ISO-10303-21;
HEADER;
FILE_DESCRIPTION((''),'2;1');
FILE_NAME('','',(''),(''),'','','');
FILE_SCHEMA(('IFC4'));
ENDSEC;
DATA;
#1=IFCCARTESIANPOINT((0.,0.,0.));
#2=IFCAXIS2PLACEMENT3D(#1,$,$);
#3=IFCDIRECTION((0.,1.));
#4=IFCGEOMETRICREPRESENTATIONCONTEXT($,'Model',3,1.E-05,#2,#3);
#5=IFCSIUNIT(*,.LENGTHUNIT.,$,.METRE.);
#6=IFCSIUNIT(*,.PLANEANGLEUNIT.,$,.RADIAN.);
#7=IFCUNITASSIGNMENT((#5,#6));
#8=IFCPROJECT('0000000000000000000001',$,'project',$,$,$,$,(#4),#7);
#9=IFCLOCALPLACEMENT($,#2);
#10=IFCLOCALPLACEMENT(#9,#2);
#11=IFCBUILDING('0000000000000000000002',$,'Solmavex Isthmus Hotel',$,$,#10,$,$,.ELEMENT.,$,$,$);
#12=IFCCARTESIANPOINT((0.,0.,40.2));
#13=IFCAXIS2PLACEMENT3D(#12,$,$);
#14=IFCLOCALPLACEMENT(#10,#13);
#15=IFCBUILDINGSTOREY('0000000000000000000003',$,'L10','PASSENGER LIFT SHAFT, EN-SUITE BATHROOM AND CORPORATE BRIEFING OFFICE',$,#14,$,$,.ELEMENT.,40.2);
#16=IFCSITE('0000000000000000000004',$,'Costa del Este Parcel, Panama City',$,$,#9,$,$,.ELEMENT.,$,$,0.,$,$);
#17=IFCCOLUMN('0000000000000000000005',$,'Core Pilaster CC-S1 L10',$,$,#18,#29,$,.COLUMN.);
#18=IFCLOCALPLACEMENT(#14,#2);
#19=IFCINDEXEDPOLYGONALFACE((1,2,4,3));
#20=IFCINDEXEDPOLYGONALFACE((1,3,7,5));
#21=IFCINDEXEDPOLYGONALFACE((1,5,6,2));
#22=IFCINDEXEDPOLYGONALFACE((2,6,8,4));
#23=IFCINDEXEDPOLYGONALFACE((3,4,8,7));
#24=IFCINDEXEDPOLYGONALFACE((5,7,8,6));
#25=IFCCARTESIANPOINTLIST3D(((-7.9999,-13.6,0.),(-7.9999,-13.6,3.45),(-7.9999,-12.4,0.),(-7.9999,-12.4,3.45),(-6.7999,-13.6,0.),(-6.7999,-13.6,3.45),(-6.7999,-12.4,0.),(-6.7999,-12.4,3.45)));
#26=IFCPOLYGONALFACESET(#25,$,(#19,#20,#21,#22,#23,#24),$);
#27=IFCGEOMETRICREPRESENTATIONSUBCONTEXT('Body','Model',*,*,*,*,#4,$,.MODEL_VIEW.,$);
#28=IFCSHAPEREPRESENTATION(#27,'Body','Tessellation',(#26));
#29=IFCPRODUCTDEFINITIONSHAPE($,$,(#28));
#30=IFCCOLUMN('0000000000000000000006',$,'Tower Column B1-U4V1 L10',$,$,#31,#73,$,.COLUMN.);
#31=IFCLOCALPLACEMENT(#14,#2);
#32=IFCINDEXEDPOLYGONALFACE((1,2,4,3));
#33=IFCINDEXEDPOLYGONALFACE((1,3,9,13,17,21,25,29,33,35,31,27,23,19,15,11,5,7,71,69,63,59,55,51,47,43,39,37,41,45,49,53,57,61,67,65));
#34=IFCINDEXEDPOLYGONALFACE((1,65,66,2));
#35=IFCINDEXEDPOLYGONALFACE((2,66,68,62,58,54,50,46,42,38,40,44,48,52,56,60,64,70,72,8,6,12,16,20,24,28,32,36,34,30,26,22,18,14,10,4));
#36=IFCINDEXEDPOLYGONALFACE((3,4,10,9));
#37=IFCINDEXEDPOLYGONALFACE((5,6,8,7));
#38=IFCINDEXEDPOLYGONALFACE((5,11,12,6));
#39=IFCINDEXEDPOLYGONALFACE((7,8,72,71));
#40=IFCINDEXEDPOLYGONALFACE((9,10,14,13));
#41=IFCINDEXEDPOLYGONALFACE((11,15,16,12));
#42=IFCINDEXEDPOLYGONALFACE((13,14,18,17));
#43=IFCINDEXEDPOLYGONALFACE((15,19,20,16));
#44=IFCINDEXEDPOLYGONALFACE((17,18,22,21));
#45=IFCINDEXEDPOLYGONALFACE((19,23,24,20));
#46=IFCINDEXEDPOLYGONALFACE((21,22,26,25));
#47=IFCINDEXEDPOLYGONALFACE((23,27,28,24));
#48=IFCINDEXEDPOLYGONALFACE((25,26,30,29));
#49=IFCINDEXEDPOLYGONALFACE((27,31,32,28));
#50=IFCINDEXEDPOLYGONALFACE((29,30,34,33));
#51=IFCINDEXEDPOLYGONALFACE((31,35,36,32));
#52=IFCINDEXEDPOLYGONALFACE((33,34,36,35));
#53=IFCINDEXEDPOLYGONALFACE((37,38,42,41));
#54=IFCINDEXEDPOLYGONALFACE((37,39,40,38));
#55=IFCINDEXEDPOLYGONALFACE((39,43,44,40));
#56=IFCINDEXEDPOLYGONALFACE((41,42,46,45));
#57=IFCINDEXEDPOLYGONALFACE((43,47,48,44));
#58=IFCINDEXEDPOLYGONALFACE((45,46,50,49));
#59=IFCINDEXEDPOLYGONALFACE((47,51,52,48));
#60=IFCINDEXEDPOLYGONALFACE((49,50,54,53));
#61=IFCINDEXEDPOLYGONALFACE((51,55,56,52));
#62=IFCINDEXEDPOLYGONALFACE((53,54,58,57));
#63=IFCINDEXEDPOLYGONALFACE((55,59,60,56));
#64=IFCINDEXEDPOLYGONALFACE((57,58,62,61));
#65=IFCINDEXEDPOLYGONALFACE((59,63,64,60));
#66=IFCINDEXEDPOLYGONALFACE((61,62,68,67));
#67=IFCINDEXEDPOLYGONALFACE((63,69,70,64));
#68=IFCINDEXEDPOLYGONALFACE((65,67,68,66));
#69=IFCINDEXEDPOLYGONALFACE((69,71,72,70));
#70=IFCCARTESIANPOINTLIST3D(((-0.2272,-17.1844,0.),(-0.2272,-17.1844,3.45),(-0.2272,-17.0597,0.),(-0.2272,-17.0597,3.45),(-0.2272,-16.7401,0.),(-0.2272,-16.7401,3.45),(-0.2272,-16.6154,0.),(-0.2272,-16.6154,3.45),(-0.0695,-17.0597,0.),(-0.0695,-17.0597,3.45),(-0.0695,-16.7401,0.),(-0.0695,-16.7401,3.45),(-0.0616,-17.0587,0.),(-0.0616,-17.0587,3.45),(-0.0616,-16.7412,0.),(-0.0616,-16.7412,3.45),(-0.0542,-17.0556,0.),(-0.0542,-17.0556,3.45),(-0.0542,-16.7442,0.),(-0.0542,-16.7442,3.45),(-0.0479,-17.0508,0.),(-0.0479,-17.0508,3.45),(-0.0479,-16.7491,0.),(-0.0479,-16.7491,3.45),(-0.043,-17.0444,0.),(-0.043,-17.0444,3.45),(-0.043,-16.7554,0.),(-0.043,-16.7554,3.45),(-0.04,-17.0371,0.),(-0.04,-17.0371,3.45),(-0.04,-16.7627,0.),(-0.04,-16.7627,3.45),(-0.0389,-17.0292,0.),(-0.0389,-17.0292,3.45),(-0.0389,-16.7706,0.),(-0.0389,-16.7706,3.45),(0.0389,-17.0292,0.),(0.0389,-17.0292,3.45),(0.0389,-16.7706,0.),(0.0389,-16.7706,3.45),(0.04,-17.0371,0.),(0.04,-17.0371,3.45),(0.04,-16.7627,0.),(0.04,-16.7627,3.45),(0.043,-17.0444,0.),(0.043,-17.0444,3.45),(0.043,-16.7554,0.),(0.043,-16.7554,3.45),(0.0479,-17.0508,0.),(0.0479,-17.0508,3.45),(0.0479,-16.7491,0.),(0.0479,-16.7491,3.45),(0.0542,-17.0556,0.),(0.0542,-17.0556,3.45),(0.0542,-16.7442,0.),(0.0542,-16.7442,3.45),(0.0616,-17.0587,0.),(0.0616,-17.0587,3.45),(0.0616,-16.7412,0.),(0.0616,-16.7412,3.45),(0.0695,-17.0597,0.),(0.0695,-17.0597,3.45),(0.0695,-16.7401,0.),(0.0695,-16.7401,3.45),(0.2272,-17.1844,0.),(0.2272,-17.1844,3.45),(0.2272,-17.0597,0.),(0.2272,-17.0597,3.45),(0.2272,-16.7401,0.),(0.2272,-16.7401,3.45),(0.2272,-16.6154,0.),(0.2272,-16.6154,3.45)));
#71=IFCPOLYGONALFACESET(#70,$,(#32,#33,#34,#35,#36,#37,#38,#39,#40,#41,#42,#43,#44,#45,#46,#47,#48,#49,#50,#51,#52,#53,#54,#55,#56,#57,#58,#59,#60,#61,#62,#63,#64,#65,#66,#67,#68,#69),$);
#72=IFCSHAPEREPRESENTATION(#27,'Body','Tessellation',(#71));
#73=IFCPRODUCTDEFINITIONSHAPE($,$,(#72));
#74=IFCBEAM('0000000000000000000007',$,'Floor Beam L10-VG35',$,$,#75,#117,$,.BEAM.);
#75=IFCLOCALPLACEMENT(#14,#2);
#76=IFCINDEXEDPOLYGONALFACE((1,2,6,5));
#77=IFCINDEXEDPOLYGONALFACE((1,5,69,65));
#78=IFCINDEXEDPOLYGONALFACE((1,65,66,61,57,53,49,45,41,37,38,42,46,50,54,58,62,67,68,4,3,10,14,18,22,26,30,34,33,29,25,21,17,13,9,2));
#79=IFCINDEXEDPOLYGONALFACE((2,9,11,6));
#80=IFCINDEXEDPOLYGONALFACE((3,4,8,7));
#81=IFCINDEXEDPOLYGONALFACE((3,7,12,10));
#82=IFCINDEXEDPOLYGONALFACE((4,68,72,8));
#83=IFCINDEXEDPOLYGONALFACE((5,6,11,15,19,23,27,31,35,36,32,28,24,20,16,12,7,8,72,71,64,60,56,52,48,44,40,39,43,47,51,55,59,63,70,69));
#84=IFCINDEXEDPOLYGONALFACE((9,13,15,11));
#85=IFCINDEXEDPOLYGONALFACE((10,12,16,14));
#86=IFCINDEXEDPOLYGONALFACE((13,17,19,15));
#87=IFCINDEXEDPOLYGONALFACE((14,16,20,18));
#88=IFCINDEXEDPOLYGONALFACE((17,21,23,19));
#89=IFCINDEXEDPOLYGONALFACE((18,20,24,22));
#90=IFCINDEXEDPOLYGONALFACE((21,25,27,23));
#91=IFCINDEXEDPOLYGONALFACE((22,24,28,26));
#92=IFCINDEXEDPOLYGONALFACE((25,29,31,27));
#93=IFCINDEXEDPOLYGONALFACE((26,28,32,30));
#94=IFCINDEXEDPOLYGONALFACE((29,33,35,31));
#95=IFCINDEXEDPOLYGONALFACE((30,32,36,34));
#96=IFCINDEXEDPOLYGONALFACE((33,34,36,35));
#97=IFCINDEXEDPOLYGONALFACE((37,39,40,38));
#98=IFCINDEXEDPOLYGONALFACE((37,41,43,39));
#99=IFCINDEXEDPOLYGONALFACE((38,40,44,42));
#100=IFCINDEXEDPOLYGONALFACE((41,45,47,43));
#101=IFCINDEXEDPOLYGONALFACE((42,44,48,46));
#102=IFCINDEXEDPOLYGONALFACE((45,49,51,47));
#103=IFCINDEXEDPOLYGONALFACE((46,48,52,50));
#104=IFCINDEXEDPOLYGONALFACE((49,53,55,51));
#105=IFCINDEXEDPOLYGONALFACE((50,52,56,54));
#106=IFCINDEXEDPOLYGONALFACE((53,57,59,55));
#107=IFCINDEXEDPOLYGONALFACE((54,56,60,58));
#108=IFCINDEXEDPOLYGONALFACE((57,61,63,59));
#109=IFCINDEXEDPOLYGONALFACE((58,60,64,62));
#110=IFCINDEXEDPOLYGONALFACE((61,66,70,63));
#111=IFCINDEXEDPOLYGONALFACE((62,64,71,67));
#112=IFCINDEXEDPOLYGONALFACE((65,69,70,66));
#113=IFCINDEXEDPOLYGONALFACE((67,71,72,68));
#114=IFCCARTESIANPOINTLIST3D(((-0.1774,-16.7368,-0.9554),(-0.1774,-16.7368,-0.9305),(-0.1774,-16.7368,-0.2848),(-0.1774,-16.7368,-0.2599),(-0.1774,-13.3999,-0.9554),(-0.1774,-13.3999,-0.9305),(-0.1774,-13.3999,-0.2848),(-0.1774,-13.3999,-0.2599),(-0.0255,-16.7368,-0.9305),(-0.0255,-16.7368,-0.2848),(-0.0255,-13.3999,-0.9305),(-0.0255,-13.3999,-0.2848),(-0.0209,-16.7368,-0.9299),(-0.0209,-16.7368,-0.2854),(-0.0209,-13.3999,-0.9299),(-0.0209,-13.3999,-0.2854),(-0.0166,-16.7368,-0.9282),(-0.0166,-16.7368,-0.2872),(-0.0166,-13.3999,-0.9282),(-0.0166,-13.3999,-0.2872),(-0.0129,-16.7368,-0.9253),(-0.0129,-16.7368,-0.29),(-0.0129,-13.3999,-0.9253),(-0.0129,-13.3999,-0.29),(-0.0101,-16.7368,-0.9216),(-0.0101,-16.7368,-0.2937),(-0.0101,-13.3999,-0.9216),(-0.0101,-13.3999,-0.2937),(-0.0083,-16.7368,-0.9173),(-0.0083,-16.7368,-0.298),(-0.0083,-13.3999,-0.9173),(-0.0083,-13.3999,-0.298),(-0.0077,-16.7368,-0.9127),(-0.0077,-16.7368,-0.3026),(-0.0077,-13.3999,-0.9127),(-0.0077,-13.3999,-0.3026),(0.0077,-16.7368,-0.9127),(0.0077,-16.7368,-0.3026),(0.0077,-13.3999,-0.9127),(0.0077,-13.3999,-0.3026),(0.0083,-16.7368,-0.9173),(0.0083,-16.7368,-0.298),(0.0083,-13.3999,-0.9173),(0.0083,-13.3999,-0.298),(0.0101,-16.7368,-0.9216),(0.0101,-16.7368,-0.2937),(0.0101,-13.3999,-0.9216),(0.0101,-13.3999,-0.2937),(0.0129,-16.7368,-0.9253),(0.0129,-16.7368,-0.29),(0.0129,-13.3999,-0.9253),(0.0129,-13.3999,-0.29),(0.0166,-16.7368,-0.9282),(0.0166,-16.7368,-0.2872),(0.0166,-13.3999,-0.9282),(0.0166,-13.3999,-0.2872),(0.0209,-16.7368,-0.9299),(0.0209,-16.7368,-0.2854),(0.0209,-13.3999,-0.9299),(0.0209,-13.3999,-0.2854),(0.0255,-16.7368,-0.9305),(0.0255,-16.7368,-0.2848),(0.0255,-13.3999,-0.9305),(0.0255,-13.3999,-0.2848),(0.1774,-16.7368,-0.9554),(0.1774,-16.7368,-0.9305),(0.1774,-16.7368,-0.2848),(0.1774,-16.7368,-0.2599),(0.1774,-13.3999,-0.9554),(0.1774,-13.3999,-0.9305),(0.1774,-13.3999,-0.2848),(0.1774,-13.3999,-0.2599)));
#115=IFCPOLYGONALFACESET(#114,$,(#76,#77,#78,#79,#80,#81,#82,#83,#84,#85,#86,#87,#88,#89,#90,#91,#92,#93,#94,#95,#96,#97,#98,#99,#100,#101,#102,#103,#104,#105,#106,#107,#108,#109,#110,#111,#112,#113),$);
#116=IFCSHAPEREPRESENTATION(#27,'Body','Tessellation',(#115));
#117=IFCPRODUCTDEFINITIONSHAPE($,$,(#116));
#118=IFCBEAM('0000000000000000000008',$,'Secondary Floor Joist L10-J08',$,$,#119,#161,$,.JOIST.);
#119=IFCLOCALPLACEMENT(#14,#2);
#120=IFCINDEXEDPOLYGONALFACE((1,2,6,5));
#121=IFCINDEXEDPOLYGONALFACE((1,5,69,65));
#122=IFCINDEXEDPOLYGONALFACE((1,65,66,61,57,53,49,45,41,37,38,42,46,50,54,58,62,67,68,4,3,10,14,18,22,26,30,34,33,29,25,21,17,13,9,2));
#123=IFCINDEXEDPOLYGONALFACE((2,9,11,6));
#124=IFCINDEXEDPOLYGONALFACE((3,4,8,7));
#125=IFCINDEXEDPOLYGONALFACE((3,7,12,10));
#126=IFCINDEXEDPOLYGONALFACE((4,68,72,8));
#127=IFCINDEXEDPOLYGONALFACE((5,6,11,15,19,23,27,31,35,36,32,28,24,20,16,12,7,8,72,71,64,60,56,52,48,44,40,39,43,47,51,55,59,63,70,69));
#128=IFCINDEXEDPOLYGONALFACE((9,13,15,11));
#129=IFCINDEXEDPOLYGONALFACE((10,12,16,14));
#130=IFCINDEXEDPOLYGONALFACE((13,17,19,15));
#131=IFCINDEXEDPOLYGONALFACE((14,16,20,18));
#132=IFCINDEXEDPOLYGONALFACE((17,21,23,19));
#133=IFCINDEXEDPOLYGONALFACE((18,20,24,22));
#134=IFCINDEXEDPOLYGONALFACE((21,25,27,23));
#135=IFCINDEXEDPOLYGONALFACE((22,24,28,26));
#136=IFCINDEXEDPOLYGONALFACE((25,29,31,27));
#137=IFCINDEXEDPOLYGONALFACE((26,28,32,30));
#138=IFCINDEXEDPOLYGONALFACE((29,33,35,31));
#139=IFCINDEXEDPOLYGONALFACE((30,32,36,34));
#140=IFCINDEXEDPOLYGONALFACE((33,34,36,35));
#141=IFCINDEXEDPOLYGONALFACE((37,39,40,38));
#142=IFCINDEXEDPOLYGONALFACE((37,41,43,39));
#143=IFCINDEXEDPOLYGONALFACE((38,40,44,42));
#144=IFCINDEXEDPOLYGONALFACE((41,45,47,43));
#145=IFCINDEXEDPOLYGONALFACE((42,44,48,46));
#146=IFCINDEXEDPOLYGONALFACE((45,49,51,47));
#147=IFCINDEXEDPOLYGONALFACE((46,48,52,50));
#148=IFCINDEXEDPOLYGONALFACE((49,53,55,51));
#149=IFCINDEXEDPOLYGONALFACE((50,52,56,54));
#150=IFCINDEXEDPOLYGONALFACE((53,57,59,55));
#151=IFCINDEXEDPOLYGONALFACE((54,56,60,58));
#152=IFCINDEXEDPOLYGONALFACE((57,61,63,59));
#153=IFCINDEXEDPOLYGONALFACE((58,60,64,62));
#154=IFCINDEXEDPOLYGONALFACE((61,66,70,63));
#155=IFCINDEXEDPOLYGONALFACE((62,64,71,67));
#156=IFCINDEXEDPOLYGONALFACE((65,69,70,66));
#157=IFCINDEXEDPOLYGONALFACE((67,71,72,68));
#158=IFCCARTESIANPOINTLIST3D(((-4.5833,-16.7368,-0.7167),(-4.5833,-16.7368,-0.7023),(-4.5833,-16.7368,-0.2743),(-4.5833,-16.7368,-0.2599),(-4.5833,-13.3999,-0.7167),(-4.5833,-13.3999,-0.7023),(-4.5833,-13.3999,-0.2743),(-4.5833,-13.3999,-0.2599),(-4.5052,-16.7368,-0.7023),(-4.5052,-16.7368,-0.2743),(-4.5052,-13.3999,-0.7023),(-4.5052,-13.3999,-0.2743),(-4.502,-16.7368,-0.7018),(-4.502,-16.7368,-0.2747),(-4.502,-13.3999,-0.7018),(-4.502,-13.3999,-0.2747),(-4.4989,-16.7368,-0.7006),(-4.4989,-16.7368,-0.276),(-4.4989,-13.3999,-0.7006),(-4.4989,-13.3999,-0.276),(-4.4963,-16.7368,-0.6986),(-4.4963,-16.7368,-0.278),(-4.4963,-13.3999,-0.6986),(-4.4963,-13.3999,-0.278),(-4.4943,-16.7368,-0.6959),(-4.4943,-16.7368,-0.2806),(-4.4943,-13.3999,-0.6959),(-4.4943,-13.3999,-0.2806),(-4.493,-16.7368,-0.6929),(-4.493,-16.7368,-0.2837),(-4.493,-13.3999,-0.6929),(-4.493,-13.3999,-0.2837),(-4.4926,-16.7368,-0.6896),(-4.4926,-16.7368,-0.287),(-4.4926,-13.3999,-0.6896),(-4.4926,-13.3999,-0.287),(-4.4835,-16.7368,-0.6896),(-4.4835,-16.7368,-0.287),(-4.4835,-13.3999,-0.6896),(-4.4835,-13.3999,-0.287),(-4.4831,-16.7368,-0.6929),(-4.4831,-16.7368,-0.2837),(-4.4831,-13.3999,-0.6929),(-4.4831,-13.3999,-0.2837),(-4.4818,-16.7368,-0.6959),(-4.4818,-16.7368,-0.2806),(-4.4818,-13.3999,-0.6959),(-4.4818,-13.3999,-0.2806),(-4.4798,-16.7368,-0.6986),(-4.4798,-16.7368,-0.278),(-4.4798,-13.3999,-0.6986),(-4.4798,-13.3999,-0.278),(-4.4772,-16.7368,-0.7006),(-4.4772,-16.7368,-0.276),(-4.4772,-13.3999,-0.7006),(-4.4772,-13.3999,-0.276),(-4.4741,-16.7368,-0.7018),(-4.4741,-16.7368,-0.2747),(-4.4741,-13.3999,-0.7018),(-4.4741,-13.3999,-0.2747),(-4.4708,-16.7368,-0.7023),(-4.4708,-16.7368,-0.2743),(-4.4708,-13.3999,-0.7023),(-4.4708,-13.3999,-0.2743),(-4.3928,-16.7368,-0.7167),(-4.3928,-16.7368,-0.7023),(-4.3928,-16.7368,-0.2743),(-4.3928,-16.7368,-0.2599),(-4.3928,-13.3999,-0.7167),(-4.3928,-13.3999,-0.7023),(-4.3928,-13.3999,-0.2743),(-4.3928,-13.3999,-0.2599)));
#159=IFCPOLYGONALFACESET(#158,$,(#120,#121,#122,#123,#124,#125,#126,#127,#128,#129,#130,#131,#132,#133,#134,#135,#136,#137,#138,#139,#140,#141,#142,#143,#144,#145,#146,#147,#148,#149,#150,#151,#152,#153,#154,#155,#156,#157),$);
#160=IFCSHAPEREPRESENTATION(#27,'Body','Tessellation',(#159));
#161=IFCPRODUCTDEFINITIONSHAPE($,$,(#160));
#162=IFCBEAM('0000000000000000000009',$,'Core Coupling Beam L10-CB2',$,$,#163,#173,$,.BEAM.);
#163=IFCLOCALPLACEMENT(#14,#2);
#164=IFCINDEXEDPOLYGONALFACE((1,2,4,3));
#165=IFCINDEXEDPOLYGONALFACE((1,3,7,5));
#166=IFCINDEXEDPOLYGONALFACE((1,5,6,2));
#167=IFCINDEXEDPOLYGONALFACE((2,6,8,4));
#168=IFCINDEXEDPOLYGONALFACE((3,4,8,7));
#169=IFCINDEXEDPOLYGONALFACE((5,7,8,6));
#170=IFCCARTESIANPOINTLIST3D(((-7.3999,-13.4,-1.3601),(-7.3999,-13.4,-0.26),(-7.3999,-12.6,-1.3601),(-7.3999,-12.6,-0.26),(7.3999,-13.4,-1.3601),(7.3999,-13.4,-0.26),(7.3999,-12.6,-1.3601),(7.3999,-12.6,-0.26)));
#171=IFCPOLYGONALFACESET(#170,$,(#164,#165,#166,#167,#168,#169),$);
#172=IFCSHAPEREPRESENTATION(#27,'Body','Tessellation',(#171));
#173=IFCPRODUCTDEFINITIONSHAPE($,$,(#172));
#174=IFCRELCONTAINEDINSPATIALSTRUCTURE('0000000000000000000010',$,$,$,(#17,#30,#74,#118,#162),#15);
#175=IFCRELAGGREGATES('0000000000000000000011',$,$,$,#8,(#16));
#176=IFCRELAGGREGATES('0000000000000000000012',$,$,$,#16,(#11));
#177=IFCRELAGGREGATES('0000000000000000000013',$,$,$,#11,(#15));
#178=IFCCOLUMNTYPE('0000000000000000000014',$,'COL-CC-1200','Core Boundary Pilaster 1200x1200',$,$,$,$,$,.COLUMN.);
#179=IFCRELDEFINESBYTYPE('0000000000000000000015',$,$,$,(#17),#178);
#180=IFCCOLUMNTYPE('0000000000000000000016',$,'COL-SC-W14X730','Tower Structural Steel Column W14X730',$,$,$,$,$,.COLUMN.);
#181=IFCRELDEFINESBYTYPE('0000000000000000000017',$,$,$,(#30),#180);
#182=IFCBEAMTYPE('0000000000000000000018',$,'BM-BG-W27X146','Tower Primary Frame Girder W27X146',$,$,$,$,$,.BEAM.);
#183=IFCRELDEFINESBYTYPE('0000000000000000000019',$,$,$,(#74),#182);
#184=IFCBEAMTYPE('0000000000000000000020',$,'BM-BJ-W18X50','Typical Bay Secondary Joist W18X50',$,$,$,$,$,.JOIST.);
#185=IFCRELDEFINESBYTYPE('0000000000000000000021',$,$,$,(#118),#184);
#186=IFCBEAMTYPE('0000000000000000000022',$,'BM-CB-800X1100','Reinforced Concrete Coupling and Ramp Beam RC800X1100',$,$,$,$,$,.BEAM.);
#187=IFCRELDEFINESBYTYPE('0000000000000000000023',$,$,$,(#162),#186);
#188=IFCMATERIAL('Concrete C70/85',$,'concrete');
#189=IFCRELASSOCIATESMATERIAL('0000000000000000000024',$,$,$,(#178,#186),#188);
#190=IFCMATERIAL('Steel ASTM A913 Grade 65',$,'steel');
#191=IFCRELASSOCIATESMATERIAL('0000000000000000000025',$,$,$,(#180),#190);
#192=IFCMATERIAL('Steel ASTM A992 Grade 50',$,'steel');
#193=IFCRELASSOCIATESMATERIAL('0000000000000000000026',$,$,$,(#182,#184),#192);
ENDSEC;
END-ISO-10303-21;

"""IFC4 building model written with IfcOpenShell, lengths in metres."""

from ifc_helpers import new_model, si_unit, direction, frame, origin, origin_2d, place, context, subcontext, project, spatial, rectangle, i_section, extrude, material, material_profile, profile_set, type_object, element, save


model = new_model("IFC4")

# Units and contexts
model_context = context("Model", 3, precision=1e-05, world=origin(), true_north=direction((0.0, 1.0)))
body_context = subcontext(model_context, "Body", "Model", "MODEL_VIEW")
ifc_project = project(units=[si_unit("LENGTHUNIT", "METRE"), si_unit("PLANEANGLEUNIT", "RADIAN")], contexts=[model_context])

# Site, building, storey
site_placement = place(None, origin())
site = spatial("IfcSite", under=ifc_project, at=site_placement, Name="Costa del Este Parcel, Panama City", CompositionType="ELEMENT", RefElevation=0.0)
building_placement = place(site_placement, origin())
building = spatial("IfcBuilding", under=site, at=building_placement, Name="Solmavex Isthmus Hotel", CompositionType="ELEMENT")
storey_placement = place(building_placement, frame((0.0, 0.0, 40.2)))
storey = spatial("IfcBuildingStorey", under=building, at=storey_placement, Name="L10", Description="PASSENGER LIFT SHAFT, EN-SUITE BATHROOM AND CORPORATE BRIEFING OFFICE", CompositionType="ELEMENT", Elevation=40.2)

# Columns
ifc_material_1 = material(Name="Concrete C70/85", Category="concrete")
ifc_material_profile_1 = material_profile(ifc_material_1, rectangle(XDim=1.2, YDim=1.2, at=origin_2d()), Name="RC1200X1200")
ifc_profile_set_1 = profile_set([ifc_material_profile_1], Name="Concrete C70/85")
column_type_1 = type_object("IfcColumnType", Name="COL-CC-1200", Description="Core Boundary Pilaster 1200x1200", PredefinedType="COLUMN", material=ifc_profile_set_1)
column_1_placement = place(storey_placement, frame((-7.3999, -13.0, 0.0), z_axis=(0.0, 0.0, 1.0), x_axis=(1.0, 0.0, 0.0)))
element("IfcColumn", 1, at=column_1_placement, inside=storey, type_object=column_type_1, Name="Core Pilaster CC-S1 L10", PredefinedType="COLUMN", context=body_context, shape_type="SweptSolid", body=[
    extrude(rectangle(XDim=1.2, YDim=1.2, at=origin_2d()), origin(), (0.0, 0.0, 1.0), 3.45),
])
ifc_material_2 = material(Name="Steel ASTM A913 Grade 65", Category="steel")
ifc_material_profile_2 = material_profile(ifc_material_2, i_section(OverallWidth=0.4543, OverallDepth=0.5691, WebThickness=0.0779, FlangeThickness=0.1248, FilletRadius=0.0305, at=origin_2d()), Name="W14X730")
ifc_profile_set_2 = profile_set([ifc_material_profile_2], Name="Steel ASTM A913 Grade 65")
column_type_2 = type_object("IfcColumnType", Name="COL-SC-W14X730", Description="Tower Structural Steel Column W14X730", PredefinedType="COLUMN", material=ifc_profile_set_2)
column_2_placement = place(storey_placement, frame((0.0, -16.8999, 0.0), z_axis=(0.0, 0.0, 1.0), x_axis=(1.0, 0.0, 0.0)))
element("IfcColumn", 2, at=column_2_placement, inside=storey, type_object=column_type_2, Name="Tower Column B1-U4V1 L10", PredefinedType="COLUMN", context=body_context, shape_type="SweptSolid", body=[
    extrude(i_section(OverallWidth=0.4543, OverallDepth=0.5691, WebThickness=0.0779, FlangeThickness=0.1248, FilletRadius=0.0305, at=origin_2d()), origin(), (0.0, 0.0, 1.0), 3.45),
])

# Beams
ifc_material_3 = material(Name="Steel ASTM A992 Grade 50", Category="steel")
ifc_material_profile_3 = material_profile(ifc_material_3, i_section(OverallWidth=0.3547, OverallDepth=0.6956, WebThickness=0.0154, FlangeThickness=0.0249, FilletRadius=0.0178, at=origin_2d()), Name="W27X146")
ifc_profile_set_3 = profile_set([ifc_material_profile_3], Name="Steel ASTM A992 Grade 50")
beam_type_1 = type_object("IfcBeamType", Name="BM-BG-W27X146", Description="Tower Primary Frame Girder W27X146", PredefinedType="BEAM", material=ifc_profile_set_3)
beam_1_placement = place(storey_placement, frame((0.0, -16.7368, -0.6077), z_axis=(0.0, 1.0, 0.0), x_axis=(-1.0, 0.0, 0.0)))
element("IfcBeam", 3, at=beam_1_placement, inside=storey, type_object=beam_type_1, Name="Floor Beam L10-VG35", PredefinedType="BEAM", context=body_context, shape_type="SweptSolid", body=[
    extrude(i_section(OverallWidth=0.3547, OverallDepth=0.6956, WebThickness=0.0154, FlangeThickness=0.0249, FilletRadius=0.0178, at=origin_2d()), origin(), (0.0, 0.0, 1.0), 3.3369),
])
ifc_material_profile_4 = material_profile(ifc_material_3, i_section(OverallWidth=0.1904, OverallDepth=0.4568, WebThickness=0.009, FlangeThickness=0.0144, FilletRadius=0.0127, at=origin_2d()), Name="W18X50")
ifc_profile_set_4 = profile_set([ifc_material_profile_4], Name="Steel ASTM A992 Grade 50")
beam_type_2 = type_object("IfcBeamType", Name="BM-BJ-W18X50", Description="Typical Bay Secondary Joist W18X50", PredefinedType="JOIST", material=ifc_profile_set_4)
beam_2_placement = place(storey_placement, frame((-4.488, -16.7368, -0.4883), z_axis=(0.0, 1.0, 0.0), x_axis=(-1.0, 0.0, 0.0)))
element("IfcBeam", 4, at=beam_2_placement, inside=storey, type_object=beam_type_2, Name="Secondary Floor Joist L10-J08", PredefinedType="JOIST", context=body_context, shape_type="SweptSolid", body=[
    extrude(i_section(OverallWidth=0.1904, OverallDepth=0.4568, WebThickness=0.009, FlangeThickness=0.0144, FilletRadius=0.0127, at=origin_2d()), origin(), (0.0, 0.0, 1.0), 3.3369),
])
ifc_material_profile_5 = material_profile(ifc_material_1, rectangle(XDim=0.8, YDim=1.1001, at=origin_2d()), Name="RC800X1100")
ifc_profile_set_5 = profile_set([ifc_material_profile_5], Name="Concrete C70/85")
beam_type_3 = type_object("IfcBeamType", Name="BM-CB-800X1100", Description="Reinforced Concrete Coupling and Ramp Beam RC800X1100", PredefinedType="BEAM", material=ifc_profile_set_5)
beam_3_placement = place(storey_placement, frame((-7.3999, -13.0, -0.8101), z_axis=(1.0, 0.0, 0.0), x_axis=(0.0, 1.0, 0.0)))
element("IfcBeam", 5, at=beam_3_placement, inside=storey, type_object=beam_type_3, Name="Core Coupling Beam L10-CB2", PredefinedType="BEAM", context=body_context, shape_type="SweptSolid", body=[
    extrude(rectangle(XDim=0.8, YDim=1.1001, at=origin_2d()), origin(), (0.0, 0.0, 1.0), 14.7998),
])

save(model, "model.ifc")
